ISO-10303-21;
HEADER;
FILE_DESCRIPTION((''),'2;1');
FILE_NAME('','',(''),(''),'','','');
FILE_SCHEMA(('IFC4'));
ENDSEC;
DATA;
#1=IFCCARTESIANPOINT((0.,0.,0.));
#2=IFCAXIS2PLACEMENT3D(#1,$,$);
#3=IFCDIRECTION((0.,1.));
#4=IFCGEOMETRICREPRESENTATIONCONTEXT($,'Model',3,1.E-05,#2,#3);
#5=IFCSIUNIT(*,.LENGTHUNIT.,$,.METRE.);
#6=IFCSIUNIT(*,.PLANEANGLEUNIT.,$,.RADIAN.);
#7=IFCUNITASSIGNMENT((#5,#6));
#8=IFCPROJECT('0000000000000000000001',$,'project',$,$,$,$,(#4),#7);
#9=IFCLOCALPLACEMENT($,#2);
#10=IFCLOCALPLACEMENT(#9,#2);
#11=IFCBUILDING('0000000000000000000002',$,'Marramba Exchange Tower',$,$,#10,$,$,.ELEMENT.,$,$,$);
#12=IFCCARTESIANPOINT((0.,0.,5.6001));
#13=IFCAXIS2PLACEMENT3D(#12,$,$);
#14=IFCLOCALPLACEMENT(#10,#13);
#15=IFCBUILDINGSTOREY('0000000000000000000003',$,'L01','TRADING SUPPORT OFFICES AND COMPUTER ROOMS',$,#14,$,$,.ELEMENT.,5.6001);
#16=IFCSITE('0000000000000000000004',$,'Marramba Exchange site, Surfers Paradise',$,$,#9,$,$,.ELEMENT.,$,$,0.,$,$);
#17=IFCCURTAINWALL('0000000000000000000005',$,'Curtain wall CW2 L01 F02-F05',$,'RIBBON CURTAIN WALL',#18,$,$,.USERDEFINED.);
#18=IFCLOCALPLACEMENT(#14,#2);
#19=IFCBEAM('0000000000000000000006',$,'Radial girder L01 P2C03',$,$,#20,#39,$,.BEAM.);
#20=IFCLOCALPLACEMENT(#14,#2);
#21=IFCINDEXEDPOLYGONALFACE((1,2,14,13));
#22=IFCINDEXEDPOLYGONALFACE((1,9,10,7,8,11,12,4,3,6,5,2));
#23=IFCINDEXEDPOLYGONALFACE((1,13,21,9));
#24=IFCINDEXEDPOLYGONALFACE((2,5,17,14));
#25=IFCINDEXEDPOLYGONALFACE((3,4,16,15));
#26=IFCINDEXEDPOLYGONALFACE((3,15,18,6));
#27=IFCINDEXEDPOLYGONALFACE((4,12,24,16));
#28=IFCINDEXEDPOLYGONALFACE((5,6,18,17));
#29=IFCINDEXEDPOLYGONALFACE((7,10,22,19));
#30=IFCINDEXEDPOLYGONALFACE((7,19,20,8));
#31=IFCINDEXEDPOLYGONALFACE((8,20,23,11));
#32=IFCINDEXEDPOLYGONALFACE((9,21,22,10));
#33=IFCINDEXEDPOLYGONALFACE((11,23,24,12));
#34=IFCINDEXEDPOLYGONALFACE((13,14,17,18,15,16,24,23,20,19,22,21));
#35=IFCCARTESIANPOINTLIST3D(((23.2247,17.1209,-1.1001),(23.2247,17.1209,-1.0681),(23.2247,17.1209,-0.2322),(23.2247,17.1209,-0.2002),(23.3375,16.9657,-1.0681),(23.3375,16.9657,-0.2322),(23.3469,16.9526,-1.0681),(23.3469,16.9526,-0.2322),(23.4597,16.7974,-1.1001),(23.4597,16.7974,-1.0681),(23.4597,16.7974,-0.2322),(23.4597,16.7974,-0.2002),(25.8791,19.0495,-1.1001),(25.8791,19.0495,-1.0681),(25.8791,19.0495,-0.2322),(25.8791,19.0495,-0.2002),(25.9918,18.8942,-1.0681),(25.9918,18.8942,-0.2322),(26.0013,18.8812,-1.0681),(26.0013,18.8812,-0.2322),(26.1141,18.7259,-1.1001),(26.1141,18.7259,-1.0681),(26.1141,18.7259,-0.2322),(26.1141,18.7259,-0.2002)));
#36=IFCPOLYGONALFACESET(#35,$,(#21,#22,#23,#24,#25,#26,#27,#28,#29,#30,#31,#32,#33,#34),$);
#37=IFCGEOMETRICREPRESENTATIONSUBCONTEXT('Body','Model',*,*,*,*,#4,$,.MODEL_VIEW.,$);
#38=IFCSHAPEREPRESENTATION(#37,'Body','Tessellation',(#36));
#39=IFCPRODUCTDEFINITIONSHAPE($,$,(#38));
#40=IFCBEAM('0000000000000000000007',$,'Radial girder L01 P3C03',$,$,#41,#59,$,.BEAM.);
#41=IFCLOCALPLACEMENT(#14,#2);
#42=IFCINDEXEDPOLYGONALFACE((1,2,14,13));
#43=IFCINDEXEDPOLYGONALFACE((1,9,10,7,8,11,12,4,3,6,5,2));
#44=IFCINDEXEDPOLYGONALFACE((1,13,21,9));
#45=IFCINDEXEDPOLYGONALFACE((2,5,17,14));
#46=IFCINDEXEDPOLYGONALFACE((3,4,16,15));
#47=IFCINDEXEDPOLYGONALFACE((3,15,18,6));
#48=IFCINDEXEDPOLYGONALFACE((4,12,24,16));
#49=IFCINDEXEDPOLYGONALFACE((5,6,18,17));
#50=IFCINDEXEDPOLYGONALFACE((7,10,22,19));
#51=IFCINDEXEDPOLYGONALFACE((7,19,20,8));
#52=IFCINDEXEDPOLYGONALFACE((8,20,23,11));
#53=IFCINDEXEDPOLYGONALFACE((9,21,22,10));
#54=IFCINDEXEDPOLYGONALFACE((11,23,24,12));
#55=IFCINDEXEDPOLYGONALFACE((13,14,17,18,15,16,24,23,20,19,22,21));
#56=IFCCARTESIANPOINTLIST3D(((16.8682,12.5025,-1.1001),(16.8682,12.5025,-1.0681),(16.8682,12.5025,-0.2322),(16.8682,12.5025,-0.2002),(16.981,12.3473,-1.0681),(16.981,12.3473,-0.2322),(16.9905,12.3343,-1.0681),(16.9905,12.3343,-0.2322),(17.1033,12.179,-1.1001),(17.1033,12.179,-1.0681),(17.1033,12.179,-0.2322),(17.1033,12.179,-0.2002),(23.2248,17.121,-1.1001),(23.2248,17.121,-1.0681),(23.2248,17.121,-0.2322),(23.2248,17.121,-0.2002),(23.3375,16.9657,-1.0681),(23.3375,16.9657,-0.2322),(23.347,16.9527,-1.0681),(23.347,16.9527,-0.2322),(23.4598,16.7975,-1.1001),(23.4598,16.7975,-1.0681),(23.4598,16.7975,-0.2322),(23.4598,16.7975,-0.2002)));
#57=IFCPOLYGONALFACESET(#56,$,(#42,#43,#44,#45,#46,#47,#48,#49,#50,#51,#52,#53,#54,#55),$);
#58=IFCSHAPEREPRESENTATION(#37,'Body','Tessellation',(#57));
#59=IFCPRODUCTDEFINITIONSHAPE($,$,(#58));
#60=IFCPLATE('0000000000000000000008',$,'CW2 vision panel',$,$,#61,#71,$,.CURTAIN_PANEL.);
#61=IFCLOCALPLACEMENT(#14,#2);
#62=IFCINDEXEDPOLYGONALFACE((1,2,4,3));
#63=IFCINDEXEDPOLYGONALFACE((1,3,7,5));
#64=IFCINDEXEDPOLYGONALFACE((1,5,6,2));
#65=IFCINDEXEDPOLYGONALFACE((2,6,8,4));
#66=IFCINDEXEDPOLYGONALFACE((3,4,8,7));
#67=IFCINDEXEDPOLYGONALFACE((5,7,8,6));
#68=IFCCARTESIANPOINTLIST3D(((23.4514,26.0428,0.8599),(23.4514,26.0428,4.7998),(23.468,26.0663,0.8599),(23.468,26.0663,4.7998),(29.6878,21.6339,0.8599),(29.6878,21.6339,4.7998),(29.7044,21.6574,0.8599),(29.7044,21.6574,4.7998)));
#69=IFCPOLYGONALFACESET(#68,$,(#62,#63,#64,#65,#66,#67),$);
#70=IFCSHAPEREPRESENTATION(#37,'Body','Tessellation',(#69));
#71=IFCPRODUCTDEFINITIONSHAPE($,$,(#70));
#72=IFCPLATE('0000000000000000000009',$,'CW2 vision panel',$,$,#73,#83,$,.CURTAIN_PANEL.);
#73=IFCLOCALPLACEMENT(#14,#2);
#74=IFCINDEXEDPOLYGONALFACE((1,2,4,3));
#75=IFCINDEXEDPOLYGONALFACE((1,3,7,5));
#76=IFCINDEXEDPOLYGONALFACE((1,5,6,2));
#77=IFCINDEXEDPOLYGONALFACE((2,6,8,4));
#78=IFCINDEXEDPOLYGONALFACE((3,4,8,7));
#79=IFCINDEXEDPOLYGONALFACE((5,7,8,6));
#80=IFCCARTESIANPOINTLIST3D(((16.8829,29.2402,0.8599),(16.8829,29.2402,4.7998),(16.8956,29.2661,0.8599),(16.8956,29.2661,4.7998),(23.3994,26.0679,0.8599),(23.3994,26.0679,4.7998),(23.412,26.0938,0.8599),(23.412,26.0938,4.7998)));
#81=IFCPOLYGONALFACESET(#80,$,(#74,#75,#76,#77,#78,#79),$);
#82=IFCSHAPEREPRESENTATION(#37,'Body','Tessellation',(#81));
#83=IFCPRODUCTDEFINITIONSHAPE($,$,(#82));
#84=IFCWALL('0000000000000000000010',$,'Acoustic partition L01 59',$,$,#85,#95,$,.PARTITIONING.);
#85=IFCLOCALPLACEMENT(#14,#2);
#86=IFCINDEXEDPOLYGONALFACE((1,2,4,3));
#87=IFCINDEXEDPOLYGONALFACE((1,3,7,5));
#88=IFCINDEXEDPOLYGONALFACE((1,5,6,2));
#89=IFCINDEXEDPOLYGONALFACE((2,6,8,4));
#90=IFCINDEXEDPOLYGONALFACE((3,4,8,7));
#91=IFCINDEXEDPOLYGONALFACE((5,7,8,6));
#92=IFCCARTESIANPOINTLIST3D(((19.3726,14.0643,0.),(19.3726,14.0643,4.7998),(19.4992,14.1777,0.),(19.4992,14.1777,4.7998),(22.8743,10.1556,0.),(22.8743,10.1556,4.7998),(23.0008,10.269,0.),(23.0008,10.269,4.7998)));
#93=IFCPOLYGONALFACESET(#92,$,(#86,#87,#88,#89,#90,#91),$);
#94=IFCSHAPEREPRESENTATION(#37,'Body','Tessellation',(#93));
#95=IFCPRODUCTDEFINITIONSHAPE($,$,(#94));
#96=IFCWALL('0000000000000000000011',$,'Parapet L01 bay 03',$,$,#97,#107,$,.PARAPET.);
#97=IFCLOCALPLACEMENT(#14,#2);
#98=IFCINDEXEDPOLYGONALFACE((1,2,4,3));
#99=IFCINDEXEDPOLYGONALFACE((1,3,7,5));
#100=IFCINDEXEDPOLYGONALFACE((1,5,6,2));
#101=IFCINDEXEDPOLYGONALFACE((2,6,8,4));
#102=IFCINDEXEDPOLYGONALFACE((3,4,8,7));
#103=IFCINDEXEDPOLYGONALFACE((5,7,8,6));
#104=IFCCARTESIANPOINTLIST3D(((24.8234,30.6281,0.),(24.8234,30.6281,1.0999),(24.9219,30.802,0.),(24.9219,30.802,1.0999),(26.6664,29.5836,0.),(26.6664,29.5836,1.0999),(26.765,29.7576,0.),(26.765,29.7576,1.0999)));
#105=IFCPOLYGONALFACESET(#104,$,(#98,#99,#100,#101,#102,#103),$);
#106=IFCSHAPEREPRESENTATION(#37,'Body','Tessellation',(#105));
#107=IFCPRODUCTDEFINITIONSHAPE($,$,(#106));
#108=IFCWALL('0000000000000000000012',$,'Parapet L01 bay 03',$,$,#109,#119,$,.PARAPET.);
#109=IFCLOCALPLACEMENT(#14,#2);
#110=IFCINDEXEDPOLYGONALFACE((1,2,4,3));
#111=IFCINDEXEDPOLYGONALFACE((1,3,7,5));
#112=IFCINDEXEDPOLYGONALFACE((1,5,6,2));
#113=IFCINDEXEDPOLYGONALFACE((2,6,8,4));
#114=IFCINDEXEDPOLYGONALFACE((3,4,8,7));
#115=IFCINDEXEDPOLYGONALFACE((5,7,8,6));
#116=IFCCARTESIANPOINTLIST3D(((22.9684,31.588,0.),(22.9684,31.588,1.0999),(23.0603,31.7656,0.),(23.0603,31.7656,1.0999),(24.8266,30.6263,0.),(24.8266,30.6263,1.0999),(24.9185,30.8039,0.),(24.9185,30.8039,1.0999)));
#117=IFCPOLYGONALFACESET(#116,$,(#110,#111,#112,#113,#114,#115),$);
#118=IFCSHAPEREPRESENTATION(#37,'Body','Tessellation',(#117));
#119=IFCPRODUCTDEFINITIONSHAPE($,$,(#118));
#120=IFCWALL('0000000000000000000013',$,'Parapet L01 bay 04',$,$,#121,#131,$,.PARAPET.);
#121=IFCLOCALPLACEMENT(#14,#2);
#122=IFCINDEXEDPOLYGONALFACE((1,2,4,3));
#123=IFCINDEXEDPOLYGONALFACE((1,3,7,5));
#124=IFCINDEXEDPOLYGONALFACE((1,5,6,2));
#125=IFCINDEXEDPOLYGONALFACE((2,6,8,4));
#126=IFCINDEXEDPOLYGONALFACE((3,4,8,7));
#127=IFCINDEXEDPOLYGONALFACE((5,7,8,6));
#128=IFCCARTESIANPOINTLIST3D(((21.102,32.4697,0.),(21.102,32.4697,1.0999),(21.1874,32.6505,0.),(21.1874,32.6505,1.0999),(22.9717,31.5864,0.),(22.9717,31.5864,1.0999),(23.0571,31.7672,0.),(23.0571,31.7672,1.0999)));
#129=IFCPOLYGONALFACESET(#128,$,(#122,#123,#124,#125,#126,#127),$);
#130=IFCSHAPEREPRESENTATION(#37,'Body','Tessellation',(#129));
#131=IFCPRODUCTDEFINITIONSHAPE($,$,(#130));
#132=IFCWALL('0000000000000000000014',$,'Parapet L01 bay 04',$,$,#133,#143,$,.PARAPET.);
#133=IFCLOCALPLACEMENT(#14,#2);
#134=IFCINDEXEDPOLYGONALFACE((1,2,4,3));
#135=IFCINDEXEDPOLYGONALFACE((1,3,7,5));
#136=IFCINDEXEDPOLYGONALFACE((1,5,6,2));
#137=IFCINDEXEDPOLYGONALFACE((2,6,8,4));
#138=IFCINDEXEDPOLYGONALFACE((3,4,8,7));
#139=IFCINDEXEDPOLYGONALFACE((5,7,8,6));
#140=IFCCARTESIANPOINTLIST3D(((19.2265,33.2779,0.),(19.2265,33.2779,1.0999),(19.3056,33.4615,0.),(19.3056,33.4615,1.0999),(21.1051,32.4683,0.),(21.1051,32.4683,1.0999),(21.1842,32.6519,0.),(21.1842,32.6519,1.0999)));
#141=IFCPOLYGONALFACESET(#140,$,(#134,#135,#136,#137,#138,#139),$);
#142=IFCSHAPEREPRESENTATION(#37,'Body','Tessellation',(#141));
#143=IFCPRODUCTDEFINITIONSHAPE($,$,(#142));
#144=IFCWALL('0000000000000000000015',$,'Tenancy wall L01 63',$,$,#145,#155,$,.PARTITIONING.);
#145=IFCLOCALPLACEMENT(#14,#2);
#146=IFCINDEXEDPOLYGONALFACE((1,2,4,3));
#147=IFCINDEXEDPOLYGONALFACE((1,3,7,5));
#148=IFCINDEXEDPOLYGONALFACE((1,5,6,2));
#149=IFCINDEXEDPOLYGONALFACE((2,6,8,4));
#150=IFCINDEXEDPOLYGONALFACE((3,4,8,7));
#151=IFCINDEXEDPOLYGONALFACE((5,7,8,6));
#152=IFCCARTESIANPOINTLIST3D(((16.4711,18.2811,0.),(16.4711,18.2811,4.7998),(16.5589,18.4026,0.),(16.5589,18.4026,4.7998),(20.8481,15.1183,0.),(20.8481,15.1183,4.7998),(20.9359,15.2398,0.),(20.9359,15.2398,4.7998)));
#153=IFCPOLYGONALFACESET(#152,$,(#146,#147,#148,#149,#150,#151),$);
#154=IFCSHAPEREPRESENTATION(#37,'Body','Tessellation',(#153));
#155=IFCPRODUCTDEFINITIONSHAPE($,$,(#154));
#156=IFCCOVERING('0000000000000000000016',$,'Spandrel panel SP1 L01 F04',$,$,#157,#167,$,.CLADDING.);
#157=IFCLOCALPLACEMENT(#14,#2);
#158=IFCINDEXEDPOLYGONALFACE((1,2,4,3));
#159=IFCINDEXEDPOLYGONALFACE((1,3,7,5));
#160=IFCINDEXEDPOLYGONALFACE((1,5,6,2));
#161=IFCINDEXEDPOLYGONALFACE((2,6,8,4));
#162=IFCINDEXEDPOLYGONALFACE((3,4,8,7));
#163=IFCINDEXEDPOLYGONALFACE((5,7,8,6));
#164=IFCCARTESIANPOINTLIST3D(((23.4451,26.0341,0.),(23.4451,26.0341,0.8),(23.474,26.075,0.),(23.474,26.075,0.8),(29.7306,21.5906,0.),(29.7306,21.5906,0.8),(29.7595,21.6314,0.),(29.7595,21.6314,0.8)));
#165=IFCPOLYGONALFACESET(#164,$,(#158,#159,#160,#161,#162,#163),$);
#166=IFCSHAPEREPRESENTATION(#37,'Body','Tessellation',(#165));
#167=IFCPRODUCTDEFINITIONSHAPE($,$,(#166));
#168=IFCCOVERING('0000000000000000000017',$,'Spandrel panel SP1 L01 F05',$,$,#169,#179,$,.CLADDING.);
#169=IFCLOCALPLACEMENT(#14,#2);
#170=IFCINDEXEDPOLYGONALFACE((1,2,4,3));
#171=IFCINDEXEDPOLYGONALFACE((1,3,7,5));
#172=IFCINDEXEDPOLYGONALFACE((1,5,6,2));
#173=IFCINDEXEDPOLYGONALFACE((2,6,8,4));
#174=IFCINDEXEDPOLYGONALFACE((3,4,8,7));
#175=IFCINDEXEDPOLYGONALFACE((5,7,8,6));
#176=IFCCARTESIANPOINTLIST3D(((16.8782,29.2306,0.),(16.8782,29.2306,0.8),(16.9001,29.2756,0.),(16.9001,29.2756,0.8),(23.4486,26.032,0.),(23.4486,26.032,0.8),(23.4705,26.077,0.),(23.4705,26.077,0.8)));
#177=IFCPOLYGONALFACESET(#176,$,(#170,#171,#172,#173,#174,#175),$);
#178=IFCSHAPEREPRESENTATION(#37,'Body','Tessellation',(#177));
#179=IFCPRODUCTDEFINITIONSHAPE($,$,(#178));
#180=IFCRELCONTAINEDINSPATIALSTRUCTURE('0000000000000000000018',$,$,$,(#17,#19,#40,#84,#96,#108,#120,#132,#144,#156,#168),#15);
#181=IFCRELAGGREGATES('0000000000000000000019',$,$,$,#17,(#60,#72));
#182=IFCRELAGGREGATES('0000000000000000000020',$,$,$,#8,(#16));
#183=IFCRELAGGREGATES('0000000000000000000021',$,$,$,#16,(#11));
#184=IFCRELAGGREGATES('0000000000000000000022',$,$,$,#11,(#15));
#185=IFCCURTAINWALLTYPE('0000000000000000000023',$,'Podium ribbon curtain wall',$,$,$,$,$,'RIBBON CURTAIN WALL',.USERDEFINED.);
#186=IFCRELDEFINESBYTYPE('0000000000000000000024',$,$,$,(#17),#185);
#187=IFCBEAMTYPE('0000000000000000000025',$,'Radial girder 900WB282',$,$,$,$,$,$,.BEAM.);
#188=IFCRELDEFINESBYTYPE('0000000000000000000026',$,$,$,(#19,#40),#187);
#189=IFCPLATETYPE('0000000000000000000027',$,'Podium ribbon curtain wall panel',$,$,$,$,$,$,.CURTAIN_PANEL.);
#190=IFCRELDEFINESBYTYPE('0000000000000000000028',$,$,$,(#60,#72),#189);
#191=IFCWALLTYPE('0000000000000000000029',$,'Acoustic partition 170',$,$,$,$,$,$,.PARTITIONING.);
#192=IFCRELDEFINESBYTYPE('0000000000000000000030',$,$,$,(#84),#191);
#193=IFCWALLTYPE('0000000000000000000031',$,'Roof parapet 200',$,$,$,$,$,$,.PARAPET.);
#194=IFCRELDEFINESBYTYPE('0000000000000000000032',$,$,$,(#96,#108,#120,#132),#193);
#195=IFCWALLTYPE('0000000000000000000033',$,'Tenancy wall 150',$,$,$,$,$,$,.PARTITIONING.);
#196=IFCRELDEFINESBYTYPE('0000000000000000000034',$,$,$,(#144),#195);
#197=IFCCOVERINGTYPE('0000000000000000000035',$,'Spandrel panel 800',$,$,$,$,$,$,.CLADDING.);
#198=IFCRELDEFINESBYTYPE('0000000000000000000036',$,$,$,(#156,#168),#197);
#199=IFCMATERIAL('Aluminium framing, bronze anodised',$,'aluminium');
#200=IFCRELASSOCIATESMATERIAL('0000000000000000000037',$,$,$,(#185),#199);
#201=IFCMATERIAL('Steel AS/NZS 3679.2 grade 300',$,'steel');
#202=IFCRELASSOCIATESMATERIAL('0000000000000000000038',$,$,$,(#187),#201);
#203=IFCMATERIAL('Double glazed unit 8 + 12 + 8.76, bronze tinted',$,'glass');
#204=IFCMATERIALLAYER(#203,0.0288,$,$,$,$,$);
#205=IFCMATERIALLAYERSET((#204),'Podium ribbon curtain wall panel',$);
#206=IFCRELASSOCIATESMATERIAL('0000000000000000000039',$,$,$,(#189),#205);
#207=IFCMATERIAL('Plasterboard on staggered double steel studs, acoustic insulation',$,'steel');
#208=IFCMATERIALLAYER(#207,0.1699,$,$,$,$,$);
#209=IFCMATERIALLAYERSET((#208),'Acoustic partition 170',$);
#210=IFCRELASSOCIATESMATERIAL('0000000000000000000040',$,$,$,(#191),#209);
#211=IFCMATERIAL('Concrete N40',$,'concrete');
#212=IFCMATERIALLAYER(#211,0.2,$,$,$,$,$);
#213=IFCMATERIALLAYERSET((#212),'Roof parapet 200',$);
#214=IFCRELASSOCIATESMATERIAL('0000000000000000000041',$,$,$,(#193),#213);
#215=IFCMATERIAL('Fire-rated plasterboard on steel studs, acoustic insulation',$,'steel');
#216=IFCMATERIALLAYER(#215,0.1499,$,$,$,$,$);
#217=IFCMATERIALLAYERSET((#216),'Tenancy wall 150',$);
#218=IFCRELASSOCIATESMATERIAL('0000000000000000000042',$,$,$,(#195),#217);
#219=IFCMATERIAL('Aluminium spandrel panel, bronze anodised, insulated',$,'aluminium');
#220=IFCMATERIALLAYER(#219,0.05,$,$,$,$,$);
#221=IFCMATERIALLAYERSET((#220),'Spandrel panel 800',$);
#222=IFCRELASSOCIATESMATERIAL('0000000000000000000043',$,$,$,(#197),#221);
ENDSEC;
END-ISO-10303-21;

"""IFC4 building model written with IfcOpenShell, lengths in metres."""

from ifc_helpers import new_model, si_unit, direction, frame, frame_2d, origin, origin_2d, place, context, subcontext, project, spatial, rectangle, i_section, extrude, material, layer, layer_set, material_profile, profile_set, type_object, element, aggregate, save


model = new_model("IFC4")

# Units and contexts
model_context = context("Model", 3, precision=1e-05, world=origin(), true_north=direction((0.0, 1.0)))
body_context = subcontext(model_context, "Body", "Model", "MODEL_VIEW")
ifc_project = project(units=[si_unit("LENGTHUNIT", "METRE"), si_unit("PLANEANGLEUNIT", "RADIAN")], contexts=[model_context])

# Site, building, storey
site_placement = place(None, origin())
site = spatial("IfcSite", under=ifc_project, at=site_placement, Name="Marramba Exchange site, Surfers Paradise", CompositionType="ELEMENT", RefElevation=0.0)
building_placement = place(site_placement, origin())
building = spatial("IfcBuilding", under=site, at=building_placement, Name="Marramba Exchange Tower", CompositionType="ELEMENT")
storey_placement = place(building_placement, frame((0.0, 0.0, 5.6001)))
storey = spatial("IfcBuildingStorey", under=building, at=storey_placement, Name="L01", Description="TRADING SUPPORT OFFICES AND COMPUTER ROOMS", CompositionType="ELEMENT", Elevation=5.6001)

# Curtain wall
ifc_material_1 = material(Name="Aluminium framing, bronze anodised", Category="aluminium")
curtain_wall_type = type_object("IfcCurtainWallType", Name="Podium ribbon curtain wall", ElementType="RIBBON CURTAIN WALL", PredefinedType="USERDEFINED", material=ifc_material_1)
curtain_wall_placement = place(storey_placement, origin())
curtain_wall = element("IfcCurtainWall", 1, at=curtain_wall_placement, inside=storey, type_object=curtain_wall_type, Name="Curtain wall CW2 L01 F02-F05", ObjectType="RIBBON CURTAIN WALL", PredefinedType="USERDEFINED")

# Beams
ifc_material_2 = material(Name="Steel AS/NZS 3679.2 grade 300", Category="steel")
ifc_material_profile_1 = material_profile(ifc_material_2, i_section(OverallWidth=0.3999, OverallDepth=0.8999, WebThickness=0.0161, FlangeThickness=0.032, at=origin_2d()), Name="900WB282")
ifc_profile_set_1 = profile_set([ifc_material_profile_1], Name="Steel AS/NZS 3679.2 grade 300")
beam_type_1 = type_object("IfcBeamType", Name="Radial girder 900WB282", PredefinedType="BEAM", material=ifc_profile_set_1)
beam_1_placement = place(storey_placement, frame((25.9966, 18.8877, -0.6501), z_axis=(-0.809016, -0.587787, 0.0), x_axis=(0.587787, -0.809016, 0.0)))
element("IfcBeam", 2, at=beam_1_placement, inside=storey, type_object=beam_type_1, Name="Radial girder L01 P2C03", PredefinedType="BEAM", context=body_context, shape_type="SweptSolid", body=[
    extrude(i_section(OverallWidth=0.3999, OverallDepth=0.8999, WebThickness=0.0161, FlangeThickness=0.032, at=origin_2d()), origin(), (0.0, 0.0, 1.0), 3.281),
])
beam_2_placement = place(storey_placement, frame((23.3423, 16.9592, -0.6501), z_axis=(-0.809006, -0.5878, 0.0), x_axis=(0.5878, -0.809006, 0.0)))
element("IfcBeam", 3, at=beam_2_placement, inside=storey, type_object=beam_type_1, Name="Radial girder L01 P3C03", PredefinedType="BEAM", context=body_context, shape_type="SweptSolid", body=[
    extrude(i_section(OverallWidth=0.3999, OverallDepth=0.8999, WebThickness=0.0161, FlangeThickness=0.032, at=origin_2d()), origin(), (0.0, 0.0, 1.0), 7.8572),
])

# Plates
ifc_material_3 = material(Name="Double glazed unit 8 + 12 + 8.76, bronze tinted", Category="glass")
ifc_layer_1 = layer(ifc_material_3, 0.0288)
ifc_layer_set_1 = layer_set([ifc_layer_1], Name="Podium ribbon curtain wall panel")
plate_type = type_object("IfcPlateType", Name="Podium ribbon curtain wall panel", PredefinedType="CURTAIN_PANEL", material=ifc_layer_set_1)
plate_1_placement = place(storey_placement, frame((26.5779, 23.8501, 0.8599), z_axis=(0.0, 0.0, 1.0), x_axis=(-0.816553, 0.577271, 0.0)))
plate_1 = element("IfcPlate", 4, at=plate_1_placement, type_object=plate_type, Name="CW2 vision panel", PredefinedType="CURTAIN_PANEL", context=body_context, shape_type="SweptSolid", body=[
    extrude(rectangle(XDim=7.6375, YDim=0.0288, at=origin_2d()), origin(), (0.0, 0.0, 1.0), 3.9399),
])
plate_2_placement = place(storey_placement, frame((20.1475, 27.667, 0.8599), z_axis=(0.0, 0.0, 1.0), x_axis=(-0.89912, 0.437702, 0.0)))
plate_2 = element("IfcPlate", 5, at=plate_2_placement, type_object=plate_type, Name="CW2 vision panel", PredefinedType="CURTAIN_PANEL", context=body_context, shape_type="SweptSolid", body=[
    extrude(rectangle(XDim=7.2476, YDim=0.0288, at=origin_2d()), origin(), (0.0, 0.0, 1.0), 3.9399),
])
aggregate(curtain_wall, [plate_1, plate_2])

# Walls
ifc_material_4 = material(Name="Plasterboard on staggered double steel studs, acoustic insulation", Category="steel")
ifc_layer_2 = layer(ifc_material_4, 0.1699)
ifc_layer_set_2 = layer_set([ifc_layer_2], Name="Acoustic partition 170")
wall_type_1 = type_object("IfcWallType", Name="Acoustic partition 170", PredefinedType="PARTITIONING", material=ifc_layer_set_2)
wall_1_placement = place(storey_placement, frame((19.4358, 14.1211, 0.0), z_axis=(0.0, 0.0, 1.0), x_axis=(0.667267, -0.744819, 0.0)))
element("IfcWall", 6, at=wall_1_placement, inside=storey, type_object=wall_type_1, Name="Acoustic partition L01 59", PredefinedType="PARTITIONING", context=body_context, shape_type="SweptSolid", body=[
    extrude(rectangle(XDim=5.2478, YDim=0.1699, at=frame_2d((2.624, 0.0))), origin(), (0.0, 0.0, 1.0), 4.7998),
])
ifc_material_5 = material(Name="Concrete N40", Category="concrete")
ifc_layer_3 = layer(ifc_material_5, 0.2)
ifc_layer_set_3 = layer_set([ifc_layer_3], Name="Roof parapet 200")
wall_type_2 = type_object("IfcWallType", Name="Roof parapet 200", PredefinedType="PARAPET", material=ifc_layer_set_3)
wall_2_placement = place(storey_placement, frame((26.7156, 29.6707, 0.0), z_axis=(0.0, 0.0, 1.0), x_axis=(-0.870011, 0.493033, 0.0)))
element("IfcWall", 7, at=wall_2_placement, inside=storey, type_object=wall_type_2, Name="Parapet L01 bay 03", PredefinedType="PARAPET", context=body_context, shape_type="SweptSolid", body=[
    extrude(rectangle(XDim=2.1184, YDim=0.2, at=frame_2d((1.0591, 0.0))), origin(), (0.0, 0.0, 1.0), 1.0999),
])
wall_3_placement = place(storey_placement, frame((24.8726, 30.7151, 0.0), z_axis=(0.0, 0.0, 1.0), x_axis=(-0.888109, 0.459632, 0.0)))
element("IfcWall", 8, at=wall_3_placement, inside=storey, type_object=wall_type_2, Name="Parapet L01 bay 03", PredefinedType="PARAPET", context=body_context, shape_type="SweptSolid", body=[
    extrude(rectangle(XDim=2.0923, YDim=0.2, at=frame_2d((1.0461, 0.0))), origin(), (0.0, 0.0, 1.0), 1.0999),
])
wall_4_placement = place(storey_placement, frame((23.0144, 31.6768, 0.0), z_axis=(0.0, 0.0, 1.0), x_axis=(-0.90417, 0.427173, 0.0)))
element("IfcWall", 9, at=wall_4_placement, inside=storey, type_object=wall_type_2, Name="Parapet L01 bay 04", PredefinedType="PARAPET", context=body_context, shape_type="SweptSolid", body=[
    extrude(rectangle(XDim=2.0679, YDim=0.2, at=frame_2d((1.0339, 0.0))), origin(), (0.0, 0.0, 1.0), 1.0999),
])
wall_5_placement = place(storey_placement, frame((21.1448, 32.5601, 0.0), z_axis=(0.0, 0.0, 1.0), x_axis=(-0.918359, 0.395748, 0.0)))
element("IfcWall", 10, at=wall_5_placement, inside=storey, type_object=wall_type_2, Name="Parapet L01 bay 04", PredefinedType="PARAPET", context=body_context, shape_type="SweptSolid", body=[
    extrude(rectangle(XDim=2.0457, YDim=0.2, at=frame_2d((1.0229, 0.0))), origin(), (0.0, 0.0, 1.0), 1.0999),
])
ifc_material_6 = material(Name="Fire-rated plasterboard on steel studs, acoustic insulation", Category="steel")
ifc_layer_4 = layer(ifc_material_6, 0.1499)
ifc_layer_set_4 = layer_set([ifc_layer_4], Name="Tenancy wall 150")
wall_type_3 = type_object("IfcWallType", Name="Tenancy wall 150", PredefinedType="PARTITIONING", material=ifc_layer_set_4)
wall_6_placement = place(storey_placement, frame((20.8921, 15.179, 0.0), z_axis=(0.0, 0.0, 1.0), x_axis=(-0.810529, 0.585699, 0.0)))
element("IfcWall", 11, at=wall_6_placement, inside=storey, type_object=wall_type_3, Name="Tenancy wall L01 63", PredefinedType="PARTITIONING", context=body_context, shape_type="SweptSolid", body=[
    extrude(rectangle(XDim=5.4001, YDim=0.1499, at=frame_2d((2.7002, 0.0))), origin(), (0.0, 0.0, 1.0), 4.7998),
])

# Coverings
ifc_material_7 = material(Name="Aluminium spandrel panel, bronze anodised, insulated", Category="aluminium")
ifc_layer_5 = layer(ifc_material_7, 0.05)
ifc_layer_set_5 = layer_set([ifc_layer_5], Name="Spandrel panel 800")
covering_type = type_object("IfcCoveringType", Name="Spandrel panel 800", PredefinedType="CLADDING", material=ifc_layer_set_5)
covering_1_placement = place(storey_placement, frame((26.6023, 23.8328, 0.0), z_axis=(0.0, 0.0, 1.0), x_axis=(-0.816553, 0.577271, 0.0)))
element("IfcCovering", 12, at=covering_1_placement, inside=storey, type_object=covering_type, Name="Spandrel panel SP1 L01 F04", PredefinedType="CLADDING", context=body_context, shape_type="SweptSolid", body=[
    extrude(rectangle(XDim=7.6975, YDim=0.05, at=origin_2d()), origin(), (0.0, 0.0, 1.0), 0.8),
])
covering_2_placement = place(storey_placement, frame((20.1743, 27.6538, 0.0), z_axis=(0.0, 0.0, 1.0), x_axis=(-0.89912, 0.437702, 0.0)))
element("IfcCovering", 13, at=covering_2_placement, inside=storey, type_object=covering_type, Name="Spandrel panel SP1 L01 F05", PredefinedType="CLADDING", context=body_context, shape_type="SweptSolid", body=[
    extrude(rectangle(XDim=7.3076, YDim=0.05, at=origin_2d()), origin(), (0.0, 0.0, 1.0), 0.8),
])

save(model, "model.ifc")
